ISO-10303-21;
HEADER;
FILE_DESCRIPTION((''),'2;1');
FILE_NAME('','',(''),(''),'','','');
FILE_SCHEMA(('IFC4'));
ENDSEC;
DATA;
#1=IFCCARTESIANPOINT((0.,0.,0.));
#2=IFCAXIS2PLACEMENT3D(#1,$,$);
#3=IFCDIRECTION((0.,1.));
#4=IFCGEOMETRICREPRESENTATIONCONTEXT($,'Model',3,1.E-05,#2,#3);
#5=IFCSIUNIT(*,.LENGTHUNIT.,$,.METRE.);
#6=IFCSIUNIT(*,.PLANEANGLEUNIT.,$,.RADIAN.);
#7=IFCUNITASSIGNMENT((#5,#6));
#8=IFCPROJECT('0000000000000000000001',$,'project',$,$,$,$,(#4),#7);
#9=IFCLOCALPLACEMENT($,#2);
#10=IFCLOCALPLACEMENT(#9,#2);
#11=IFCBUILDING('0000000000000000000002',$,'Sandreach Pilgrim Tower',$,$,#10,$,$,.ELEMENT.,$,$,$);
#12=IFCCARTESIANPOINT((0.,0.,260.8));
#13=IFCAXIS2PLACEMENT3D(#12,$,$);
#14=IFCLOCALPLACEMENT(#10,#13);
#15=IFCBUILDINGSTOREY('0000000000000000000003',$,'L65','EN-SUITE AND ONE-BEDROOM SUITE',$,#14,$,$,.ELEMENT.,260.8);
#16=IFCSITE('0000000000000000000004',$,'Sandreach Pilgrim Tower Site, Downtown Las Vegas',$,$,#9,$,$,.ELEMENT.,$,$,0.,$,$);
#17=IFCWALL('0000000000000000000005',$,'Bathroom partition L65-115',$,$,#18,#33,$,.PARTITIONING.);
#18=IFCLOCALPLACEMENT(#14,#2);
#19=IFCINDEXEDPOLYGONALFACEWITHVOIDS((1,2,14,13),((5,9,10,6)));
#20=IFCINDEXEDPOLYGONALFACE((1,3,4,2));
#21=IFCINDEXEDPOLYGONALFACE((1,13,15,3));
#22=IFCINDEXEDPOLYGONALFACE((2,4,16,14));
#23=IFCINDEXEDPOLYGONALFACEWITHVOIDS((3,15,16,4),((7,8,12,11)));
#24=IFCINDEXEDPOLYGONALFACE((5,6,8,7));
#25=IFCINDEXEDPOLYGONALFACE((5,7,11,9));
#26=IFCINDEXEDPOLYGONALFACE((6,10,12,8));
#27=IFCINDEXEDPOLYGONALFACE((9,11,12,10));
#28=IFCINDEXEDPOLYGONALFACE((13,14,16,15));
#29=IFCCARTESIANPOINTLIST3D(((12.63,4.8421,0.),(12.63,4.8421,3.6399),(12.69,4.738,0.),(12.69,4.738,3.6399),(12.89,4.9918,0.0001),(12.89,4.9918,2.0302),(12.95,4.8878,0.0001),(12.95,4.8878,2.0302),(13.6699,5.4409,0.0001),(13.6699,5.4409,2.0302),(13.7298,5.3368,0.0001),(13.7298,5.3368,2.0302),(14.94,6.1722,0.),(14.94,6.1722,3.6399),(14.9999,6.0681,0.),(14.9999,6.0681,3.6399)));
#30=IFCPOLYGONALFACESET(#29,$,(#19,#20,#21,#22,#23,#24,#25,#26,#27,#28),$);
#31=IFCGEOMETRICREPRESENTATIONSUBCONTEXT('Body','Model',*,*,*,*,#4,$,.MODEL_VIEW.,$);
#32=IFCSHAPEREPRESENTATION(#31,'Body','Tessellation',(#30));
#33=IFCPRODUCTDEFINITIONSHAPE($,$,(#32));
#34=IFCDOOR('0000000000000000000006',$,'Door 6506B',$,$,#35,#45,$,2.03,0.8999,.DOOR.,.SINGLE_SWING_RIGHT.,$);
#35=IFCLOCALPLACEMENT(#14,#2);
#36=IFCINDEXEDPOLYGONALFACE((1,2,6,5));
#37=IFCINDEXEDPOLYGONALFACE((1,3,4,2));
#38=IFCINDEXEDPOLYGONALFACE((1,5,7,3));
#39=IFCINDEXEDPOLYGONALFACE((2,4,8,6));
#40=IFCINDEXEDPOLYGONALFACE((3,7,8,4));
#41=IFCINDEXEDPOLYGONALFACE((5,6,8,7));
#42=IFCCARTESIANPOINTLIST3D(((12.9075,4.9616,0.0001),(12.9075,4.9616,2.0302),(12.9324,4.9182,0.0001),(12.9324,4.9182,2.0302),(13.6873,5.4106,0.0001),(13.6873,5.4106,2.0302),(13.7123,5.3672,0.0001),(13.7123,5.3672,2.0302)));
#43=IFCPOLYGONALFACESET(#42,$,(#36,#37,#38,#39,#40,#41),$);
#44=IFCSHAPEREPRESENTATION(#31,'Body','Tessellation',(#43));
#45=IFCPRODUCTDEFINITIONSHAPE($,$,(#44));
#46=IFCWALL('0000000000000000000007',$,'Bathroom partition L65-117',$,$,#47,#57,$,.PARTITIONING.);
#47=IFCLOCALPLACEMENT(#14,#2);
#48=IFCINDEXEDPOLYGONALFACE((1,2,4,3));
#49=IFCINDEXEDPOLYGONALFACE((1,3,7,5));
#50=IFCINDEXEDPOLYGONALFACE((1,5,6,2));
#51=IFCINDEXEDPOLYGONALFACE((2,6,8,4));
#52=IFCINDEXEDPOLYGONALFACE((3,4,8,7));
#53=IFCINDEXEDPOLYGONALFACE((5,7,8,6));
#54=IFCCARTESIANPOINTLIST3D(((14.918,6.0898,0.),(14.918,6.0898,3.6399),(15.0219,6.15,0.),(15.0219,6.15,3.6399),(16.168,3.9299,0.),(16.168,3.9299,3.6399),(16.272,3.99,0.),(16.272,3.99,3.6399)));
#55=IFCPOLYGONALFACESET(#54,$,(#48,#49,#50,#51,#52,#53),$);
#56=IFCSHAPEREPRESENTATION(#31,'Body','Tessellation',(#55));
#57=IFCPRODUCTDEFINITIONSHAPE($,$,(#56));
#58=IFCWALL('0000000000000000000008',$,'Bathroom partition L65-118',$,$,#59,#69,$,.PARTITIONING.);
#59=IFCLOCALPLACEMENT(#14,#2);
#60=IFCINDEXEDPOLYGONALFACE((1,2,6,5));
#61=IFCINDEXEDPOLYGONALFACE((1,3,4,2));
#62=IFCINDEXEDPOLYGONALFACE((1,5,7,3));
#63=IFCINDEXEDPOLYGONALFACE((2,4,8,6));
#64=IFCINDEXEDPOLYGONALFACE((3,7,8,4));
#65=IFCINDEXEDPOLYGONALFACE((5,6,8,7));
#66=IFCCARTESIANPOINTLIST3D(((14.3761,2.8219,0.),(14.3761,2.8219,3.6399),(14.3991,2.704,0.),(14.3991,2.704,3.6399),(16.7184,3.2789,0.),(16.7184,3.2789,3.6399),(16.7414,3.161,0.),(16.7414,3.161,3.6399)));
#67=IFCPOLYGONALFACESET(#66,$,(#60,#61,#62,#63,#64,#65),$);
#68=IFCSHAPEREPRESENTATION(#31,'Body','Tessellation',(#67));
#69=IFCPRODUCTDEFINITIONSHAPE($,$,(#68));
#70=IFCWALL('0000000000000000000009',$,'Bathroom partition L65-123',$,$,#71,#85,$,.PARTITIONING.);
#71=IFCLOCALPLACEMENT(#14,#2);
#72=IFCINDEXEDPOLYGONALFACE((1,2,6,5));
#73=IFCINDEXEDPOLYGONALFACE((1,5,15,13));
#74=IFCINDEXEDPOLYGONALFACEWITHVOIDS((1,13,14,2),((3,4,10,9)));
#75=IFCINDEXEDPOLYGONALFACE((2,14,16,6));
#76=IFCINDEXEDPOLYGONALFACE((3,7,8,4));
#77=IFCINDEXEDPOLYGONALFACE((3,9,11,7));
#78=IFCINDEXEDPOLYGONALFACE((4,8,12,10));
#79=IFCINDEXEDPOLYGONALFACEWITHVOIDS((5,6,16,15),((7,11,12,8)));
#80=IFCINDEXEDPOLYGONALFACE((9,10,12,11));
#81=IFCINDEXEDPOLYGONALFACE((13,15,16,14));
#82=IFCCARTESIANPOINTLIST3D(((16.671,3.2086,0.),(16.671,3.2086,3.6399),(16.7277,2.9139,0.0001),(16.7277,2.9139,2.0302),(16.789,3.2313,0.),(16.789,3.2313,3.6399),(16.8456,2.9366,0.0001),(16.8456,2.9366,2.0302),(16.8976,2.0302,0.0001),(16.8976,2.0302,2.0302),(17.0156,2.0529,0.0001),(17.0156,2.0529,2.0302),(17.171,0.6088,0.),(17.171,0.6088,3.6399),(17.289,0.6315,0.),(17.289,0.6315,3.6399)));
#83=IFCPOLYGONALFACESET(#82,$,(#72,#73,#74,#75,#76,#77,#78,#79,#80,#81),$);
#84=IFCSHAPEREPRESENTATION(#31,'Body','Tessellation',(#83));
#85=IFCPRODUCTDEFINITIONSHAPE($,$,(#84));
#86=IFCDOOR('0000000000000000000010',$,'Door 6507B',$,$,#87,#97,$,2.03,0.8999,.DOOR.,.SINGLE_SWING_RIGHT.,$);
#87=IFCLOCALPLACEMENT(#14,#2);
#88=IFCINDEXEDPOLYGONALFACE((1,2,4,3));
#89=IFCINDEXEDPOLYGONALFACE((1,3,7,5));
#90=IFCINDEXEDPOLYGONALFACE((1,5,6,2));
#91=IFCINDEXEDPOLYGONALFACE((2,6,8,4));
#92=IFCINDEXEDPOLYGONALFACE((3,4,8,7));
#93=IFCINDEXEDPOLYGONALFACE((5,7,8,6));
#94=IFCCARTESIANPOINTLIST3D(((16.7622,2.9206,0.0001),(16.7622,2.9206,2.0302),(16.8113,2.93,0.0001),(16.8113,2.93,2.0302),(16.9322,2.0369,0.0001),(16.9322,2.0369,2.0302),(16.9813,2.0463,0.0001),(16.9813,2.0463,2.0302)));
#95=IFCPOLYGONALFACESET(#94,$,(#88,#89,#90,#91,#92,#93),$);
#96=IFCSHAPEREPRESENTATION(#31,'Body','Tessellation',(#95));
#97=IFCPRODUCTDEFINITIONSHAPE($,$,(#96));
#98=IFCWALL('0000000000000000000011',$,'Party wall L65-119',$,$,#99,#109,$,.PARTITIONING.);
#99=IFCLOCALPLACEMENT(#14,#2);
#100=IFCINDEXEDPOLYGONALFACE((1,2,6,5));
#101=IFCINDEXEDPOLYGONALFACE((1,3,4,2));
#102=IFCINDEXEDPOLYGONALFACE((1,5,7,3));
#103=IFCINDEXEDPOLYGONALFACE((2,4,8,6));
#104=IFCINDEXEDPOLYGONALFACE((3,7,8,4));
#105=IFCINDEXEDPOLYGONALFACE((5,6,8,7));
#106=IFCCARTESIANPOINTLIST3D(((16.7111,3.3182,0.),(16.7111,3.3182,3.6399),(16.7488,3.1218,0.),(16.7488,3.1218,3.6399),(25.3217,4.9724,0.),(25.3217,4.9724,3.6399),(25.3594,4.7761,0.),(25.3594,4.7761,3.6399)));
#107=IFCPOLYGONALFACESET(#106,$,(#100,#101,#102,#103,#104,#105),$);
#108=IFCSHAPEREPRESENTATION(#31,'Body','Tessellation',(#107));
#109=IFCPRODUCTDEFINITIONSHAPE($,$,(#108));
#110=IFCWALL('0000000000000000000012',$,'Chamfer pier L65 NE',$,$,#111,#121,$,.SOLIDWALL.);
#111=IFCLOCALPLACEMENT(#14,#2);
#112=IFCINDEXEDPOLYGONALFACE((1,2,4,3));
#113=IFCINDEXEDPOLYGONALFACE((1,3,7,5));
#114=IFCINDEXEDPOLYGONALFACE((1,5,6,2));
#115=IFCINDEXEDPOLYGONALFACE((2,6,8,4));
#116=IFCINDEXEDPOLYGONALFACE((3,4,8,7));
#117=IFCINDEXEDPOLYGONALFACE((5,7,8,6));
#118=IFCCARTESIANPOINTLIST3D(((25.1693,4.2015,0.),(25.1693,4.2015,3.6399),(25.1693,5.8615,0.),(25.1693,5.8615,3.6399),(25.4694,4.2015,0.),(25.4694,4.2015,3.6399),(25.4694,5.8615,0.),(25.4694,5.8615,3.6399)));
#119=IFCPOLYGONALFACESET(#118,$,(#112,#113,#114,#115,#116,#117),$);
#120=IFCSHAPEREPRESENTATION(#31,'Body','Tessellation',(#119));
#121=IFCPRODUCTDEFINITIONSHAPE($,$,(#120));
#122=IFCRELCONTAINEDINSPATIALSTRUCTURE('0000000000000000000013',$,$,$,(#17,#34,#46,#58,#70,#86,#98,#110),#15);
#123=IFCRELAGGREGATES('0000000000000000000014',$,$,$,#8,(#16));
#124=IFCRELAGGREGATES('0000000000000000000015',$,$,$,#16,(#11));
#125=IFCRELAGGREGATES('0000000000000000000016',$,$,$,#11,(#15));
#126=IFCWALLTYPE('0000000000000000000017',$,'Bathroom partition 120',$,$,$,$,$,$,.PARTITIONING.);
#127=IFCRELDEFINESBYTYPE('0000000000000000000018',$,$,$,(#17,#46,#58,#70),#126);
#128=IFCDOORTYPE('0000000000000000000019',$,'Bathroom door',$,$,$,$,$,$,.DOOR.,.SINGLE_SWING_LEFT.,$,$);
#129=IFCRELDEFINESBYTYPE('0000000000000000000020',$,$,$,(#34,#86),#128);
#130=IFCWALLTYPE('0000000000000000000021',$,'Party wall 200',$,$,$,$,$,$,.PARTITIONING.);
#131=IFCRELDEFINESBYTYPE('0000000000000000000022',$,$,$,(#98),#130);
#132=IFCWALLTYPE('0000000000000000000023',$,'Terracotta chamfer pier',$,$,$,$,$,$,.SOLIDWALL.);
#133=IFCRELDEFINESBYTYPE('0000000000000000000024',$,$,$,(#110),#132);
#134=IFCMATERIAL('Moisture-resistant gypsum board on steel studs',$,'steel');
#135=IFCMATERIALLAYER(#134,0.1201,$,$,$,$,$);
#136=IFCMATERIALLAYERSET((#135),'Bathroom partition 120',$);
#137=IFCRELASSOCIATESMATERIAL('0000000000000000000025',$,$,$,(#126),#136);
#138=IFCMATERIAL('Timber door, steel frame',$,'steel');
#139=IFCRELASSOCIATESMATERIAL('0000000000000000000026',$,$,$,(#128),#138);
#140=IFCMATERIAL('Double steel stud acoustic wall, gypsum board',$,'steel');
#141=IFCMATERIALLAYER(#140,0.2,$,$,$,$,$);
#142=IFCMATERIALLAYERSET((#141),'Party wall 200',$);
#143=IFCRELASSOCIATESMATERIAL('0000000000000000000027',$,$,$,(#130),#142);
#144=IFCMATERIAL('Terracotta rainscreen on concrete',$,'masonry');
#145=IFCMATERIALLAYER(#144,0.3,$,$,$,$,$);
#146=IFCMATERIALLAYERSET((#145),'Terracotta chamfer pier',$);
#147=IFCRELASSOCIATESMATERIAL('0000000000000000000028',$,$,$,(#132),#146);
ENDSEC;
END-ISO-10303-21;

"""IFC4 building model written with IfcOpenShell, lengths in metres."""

from ifc_helpers import new_model, si_unit, direction, frame, frame_2d, origin, place, context, subcontext, project, spatial, rectangle, extrude, material, layer, layer_set, type_object, element, fill, save


model = new_model("IFC4")

# Units and contexts
model_context = context("Model", 3, precision=1e-05, world=origin(), true_north=direction((0.0, 1.0)))
body_context = subcontext(model_context, "Body", "Model", "MODEL_VIEW")
ifc_project = project(units=[si_unit("LENGTHUNIT", "METRE"), si_unit("PLANEANGLEUNIT", "RADIAN")], contexts=[model_context])

# Site, building, storey
site_placement = place(None, origin())
site = spatial("IfcSite", under=ifc_project, at=site_placement, Name="Sandreach Pilgrim Tower Site, Downtown Las Vegas", CompositionType="ELEMENT", RefElevation=0.0)
building_placement = place(site_placement, origin())
building = spatial("IfcBuilding", under=site, at=building_placement, Name="Sandreach Pilgrim Tower", CompositionType="ELEMENT")
storey_placement = place(building_placement, frame((0.0, 0.0, 260.8)))
storey = spatial("IfcBuildingStorey", under=building, at=storey_placement, Name="L65", Description="EN-SUITE AND ONE-BEDROOM SUITE", CompositionType="ELEMENT", Elevation=260.8)

# Shared definitions
ifc_material_1 = material(Name="Moisture-resistant gypsum board on steel studs", Category="steel")
ifc_layer_1 = layer(ifc_material_1, 0.1201)
ifc_layer_set_1 = layer_set([ifc_layer_1], Name="Bathroom partition 120")
wall_type_1 = type_object("IfcWallType", Name="Bathroom partition 120", PredefinedType="PARTITIONING", material=ifc_layer_set_1)

# Wall, opening, door
wall_1_placement = place(storey_placement, frame((14.97, 6.1201, 0.0), z_axis=(0.0, 0.0, 1.0), x_axis=(-0.866615, -0.498977, 0.0)))
wall_1 = element("IfcWall", 1, at=wall_1_placement, inside=storey, type_object=wall_type_1, Name="Bathroom partition L65-115", PredefinedType="PARTITIONING", context=body_context, shape_type="SweptSolid", body=[
    extrude(rectangle(XDim=2.6655, YDim=0.1201, at=frame_2d((1.3328, 0.0))), origin(), (0.0, 0.0, 1.0), 3.6399),
])
opening_1_placement = place(wall_1_placement, frame((1.4656, 0.0, 0.0)))
opening_1 = element("IfcOpeningElement", 2, at=opening_1_placement, cuts=wall_1, PredefinedType="OPENING", context=body_context, shape_type="SweptSolid", body=[
    extrude(rectangle(XDim=0.8999, YDim=2.03, at=frame_2d((0.45, 1.0151))), frame((0.0, 0.0601, 0.0), z_axis=(0.0, -1.0, 0.0), x_axis=(1.0, 0.0, 0.0)), (0.0, 0.0, 1.0), 0.1201),
])
ifc_material_2 = material(Name="Timber door, steel frame", Category="steel")
door_type = type_object("IfcDoorType", Name="Bathroom door", OperationType="SINGLE_SWING_LEFT", PredefinedType="DOOR", material=ifc_material_2)
door_1_placement = place(opening_1_placement, origin())
door_1 = element("IfcDoor", 3, at=door_1_placement, inside=storey, type_object=door_type, Name="Door 6506B", OperationType="SINGLE_SWING_RIGHT", OverallHeight=2.03, OverallWidth=0.8999, PredefinedType="DOOR", context=body_context, shape_type="SweptSolid", body=[
    extrude(rectangle(XDim=0.8999, YDim=2.03, at=frame_2d((0.45, 1.0151))), frame((0.0, 0.0249, 0.0), z_axis=(0.0, -1.0, 0.0), x_axis=(1.0, 0.0, 0.0)), (0.0, 0.0, 1.0), 0.05),
])
fill(opening_1, door_1)

# Walls
wall_2_placement = place(storey_placement, frame((16.22, 3.96, 0.0), z_axis=(0.0, 0.0, 1.0), x_axis=(-0.500894, 0.865509, 0.0)))
element("IfcWall", 4, at=wall_2_placement, inside=storey, type_object=wall_type_1, Name="Bathroom partition L65-117", PredefinedType="PARTITIONING", context=body_context, shape_type="SweptSolid", body=[
    extrude(rectangle(XDim=2.4956, YDim=0.1201, at=frame_2d((1.2478, 0.0))), origin(), (0.0, 0.0, 1.0), 3.6399),
])
wall_3_placement = place(storey_placement, frame((16.73, 3.22, 0.0), z_axis=(0.0, 0.0, 1.0), x_axis=(-0.981491, -0.19151, 0.0)))
element("IfcWall", 5, at=wall_3_placement, inside=storey, type_object=wall_type_1, Name="Bathroom partition L65-118", PredefinedType="PARTITIONING", context=body_context, shape_type="SweptSolid", body=[
    extrude(rectangle(XDim=2.3865, YDim=0.1201, at=frame_2d((1.1934, 0.0))), origin(), (0.0, 0.0, 1.0), 3.6399),
])

# Wall, opening, door
wall_4_placement = place(storey_placement, frame((17.23, 0.6201, 0.0), z_axis=(0.0, 0.0, 1.0), x_axis=(-0.188858, 0.982004, 0.0)))
wall_4 = element("IfcWall", 6, at=wall_4_placement, inside=storey, type_object=wall_type_1, Name="Bathroom partition L65-123", PredefinedType="PARTITIONING", context=body_context, shape_type="SweptSolid", body=[
    extrude(rectangle(XDim=2.6475, YDim=0.1201, at=frame_2d((1.3237, 0.0))), origin(), (0.0, 0.0, 1.0), 3.6399),
])
opening_2_placement = place(wall_4_placement, frame((1.4475, 0.0, 0.0)))
opening_2 = element("IfcOpeningElement", 7, at=opening_2_placement, cuts=wall_4, PredefinedType="OPENING", context=body_context, shape_type="SweptSolid", body=[
    extrude(rectangle(XDim=0.8999, YDim=2.03, at=frame_2d((0.45, 1.0151))), frame((0.0, 0.0601, 0.0), z_axis=(0.0, -1.0, 0.0), x_axis=(1.0, 0.0, 0.0)), (0.0, 0.0, 1.0), 0.1201),
])
door_2_placement = place(opening_2_placement, origin())
door_2 = element("IfcDoor", 8, at=door_2_placement, inside=storey, type_object=door_type, Name="Door 6507B", OperationType="SINGLE_SWING_RIGHT", OverallHeight=2.03, OverallWidth=0.8999, PredefinedType="DOOR", context=body_context, shape_type="SweptSolid", body=[
    extrude(rectangle(XDim=0.8999, YDim=2.03, at=frame_2d((0.45, 1.0151))), frame((0.0, 0.0249, 0.0), z_axis=(0.0, -1.0, 0.0), x_axis=(1.0, 0.0, 0.0)), (0.0, 0.0, 1.0), 0.05),
])
fill(opening_2, door_2)

# Walls
ifc_material_3 = material(Name="Double steel stud acoustic wall, gypsum board", Category="steel")
ifc_layer_2 = layer(ifc_material_3, 0.2)
ifc_layer_set_2 = layer_set([ifc_layer_2], Name="Party wall 200")
wall_type_2 = type_object("IfcWallType", Name="Party wall 200", PredefinedType="PARTITIONING", material=ifc_layer_set_2)
wall_5_placement = place(storey_placement, frame((16.73, 3.22, 0.0), z_axis=(0.0, 0.0, 1.0), x_axis=(0.98204, 0.188673, 0.0)))
element("IfcWall", 9, at=wall_5_placement, inside=storey, type_object=wall_type_2, Name="Party wall L65-119", PredefinedType="PARTITIONING", context=body_context, shape_type="SweptSolid", body=[
    extrude(rectangle(XDim=8.7681, YDim=0.2, at=frame_2d((4.384, 0.0))), origin(), (0.0, 0.0, 1.0), 3.6399),
])
ifc_material_4 = material(Name="Terracotta rainscreen on concrete", Category="masonry")
ifc_layer_3 = layer(ifc_material_4, 0.3)
ifc_layer_set_3 = layer_set([ifc_layer_3], Name="Terracotta chamfer pier")
wall_type_3 = type_object("IfcWallType", Name="Terracotta chamfer pier", PredefinedType="SOLIDWALL", material=ifc_layer_set_3)
wall_6_placement = place(storey_placement, frame((25.3193, 5.8616, 0.0), z_axis=(0.0, 0.0, 1.0), x_axis=(0.0, -1.0, 0.0)))
element("IfcWall", 10, at=wall_6_placement, inside=storey, type_object=wall_type_3, Name="Chamfer pier L65 NE", PredefinedType="SOLIDWALL", context=body_context, shape_type="SweptSolid", body=[
    extrude(rectangle(XDim=1.6599, YDim=0.3, at=frame_2d((0.8301, 0.0))), origin(), (0.0, 0.0, 1.0), 3.6399),
])

save(model, "model.ifc")
